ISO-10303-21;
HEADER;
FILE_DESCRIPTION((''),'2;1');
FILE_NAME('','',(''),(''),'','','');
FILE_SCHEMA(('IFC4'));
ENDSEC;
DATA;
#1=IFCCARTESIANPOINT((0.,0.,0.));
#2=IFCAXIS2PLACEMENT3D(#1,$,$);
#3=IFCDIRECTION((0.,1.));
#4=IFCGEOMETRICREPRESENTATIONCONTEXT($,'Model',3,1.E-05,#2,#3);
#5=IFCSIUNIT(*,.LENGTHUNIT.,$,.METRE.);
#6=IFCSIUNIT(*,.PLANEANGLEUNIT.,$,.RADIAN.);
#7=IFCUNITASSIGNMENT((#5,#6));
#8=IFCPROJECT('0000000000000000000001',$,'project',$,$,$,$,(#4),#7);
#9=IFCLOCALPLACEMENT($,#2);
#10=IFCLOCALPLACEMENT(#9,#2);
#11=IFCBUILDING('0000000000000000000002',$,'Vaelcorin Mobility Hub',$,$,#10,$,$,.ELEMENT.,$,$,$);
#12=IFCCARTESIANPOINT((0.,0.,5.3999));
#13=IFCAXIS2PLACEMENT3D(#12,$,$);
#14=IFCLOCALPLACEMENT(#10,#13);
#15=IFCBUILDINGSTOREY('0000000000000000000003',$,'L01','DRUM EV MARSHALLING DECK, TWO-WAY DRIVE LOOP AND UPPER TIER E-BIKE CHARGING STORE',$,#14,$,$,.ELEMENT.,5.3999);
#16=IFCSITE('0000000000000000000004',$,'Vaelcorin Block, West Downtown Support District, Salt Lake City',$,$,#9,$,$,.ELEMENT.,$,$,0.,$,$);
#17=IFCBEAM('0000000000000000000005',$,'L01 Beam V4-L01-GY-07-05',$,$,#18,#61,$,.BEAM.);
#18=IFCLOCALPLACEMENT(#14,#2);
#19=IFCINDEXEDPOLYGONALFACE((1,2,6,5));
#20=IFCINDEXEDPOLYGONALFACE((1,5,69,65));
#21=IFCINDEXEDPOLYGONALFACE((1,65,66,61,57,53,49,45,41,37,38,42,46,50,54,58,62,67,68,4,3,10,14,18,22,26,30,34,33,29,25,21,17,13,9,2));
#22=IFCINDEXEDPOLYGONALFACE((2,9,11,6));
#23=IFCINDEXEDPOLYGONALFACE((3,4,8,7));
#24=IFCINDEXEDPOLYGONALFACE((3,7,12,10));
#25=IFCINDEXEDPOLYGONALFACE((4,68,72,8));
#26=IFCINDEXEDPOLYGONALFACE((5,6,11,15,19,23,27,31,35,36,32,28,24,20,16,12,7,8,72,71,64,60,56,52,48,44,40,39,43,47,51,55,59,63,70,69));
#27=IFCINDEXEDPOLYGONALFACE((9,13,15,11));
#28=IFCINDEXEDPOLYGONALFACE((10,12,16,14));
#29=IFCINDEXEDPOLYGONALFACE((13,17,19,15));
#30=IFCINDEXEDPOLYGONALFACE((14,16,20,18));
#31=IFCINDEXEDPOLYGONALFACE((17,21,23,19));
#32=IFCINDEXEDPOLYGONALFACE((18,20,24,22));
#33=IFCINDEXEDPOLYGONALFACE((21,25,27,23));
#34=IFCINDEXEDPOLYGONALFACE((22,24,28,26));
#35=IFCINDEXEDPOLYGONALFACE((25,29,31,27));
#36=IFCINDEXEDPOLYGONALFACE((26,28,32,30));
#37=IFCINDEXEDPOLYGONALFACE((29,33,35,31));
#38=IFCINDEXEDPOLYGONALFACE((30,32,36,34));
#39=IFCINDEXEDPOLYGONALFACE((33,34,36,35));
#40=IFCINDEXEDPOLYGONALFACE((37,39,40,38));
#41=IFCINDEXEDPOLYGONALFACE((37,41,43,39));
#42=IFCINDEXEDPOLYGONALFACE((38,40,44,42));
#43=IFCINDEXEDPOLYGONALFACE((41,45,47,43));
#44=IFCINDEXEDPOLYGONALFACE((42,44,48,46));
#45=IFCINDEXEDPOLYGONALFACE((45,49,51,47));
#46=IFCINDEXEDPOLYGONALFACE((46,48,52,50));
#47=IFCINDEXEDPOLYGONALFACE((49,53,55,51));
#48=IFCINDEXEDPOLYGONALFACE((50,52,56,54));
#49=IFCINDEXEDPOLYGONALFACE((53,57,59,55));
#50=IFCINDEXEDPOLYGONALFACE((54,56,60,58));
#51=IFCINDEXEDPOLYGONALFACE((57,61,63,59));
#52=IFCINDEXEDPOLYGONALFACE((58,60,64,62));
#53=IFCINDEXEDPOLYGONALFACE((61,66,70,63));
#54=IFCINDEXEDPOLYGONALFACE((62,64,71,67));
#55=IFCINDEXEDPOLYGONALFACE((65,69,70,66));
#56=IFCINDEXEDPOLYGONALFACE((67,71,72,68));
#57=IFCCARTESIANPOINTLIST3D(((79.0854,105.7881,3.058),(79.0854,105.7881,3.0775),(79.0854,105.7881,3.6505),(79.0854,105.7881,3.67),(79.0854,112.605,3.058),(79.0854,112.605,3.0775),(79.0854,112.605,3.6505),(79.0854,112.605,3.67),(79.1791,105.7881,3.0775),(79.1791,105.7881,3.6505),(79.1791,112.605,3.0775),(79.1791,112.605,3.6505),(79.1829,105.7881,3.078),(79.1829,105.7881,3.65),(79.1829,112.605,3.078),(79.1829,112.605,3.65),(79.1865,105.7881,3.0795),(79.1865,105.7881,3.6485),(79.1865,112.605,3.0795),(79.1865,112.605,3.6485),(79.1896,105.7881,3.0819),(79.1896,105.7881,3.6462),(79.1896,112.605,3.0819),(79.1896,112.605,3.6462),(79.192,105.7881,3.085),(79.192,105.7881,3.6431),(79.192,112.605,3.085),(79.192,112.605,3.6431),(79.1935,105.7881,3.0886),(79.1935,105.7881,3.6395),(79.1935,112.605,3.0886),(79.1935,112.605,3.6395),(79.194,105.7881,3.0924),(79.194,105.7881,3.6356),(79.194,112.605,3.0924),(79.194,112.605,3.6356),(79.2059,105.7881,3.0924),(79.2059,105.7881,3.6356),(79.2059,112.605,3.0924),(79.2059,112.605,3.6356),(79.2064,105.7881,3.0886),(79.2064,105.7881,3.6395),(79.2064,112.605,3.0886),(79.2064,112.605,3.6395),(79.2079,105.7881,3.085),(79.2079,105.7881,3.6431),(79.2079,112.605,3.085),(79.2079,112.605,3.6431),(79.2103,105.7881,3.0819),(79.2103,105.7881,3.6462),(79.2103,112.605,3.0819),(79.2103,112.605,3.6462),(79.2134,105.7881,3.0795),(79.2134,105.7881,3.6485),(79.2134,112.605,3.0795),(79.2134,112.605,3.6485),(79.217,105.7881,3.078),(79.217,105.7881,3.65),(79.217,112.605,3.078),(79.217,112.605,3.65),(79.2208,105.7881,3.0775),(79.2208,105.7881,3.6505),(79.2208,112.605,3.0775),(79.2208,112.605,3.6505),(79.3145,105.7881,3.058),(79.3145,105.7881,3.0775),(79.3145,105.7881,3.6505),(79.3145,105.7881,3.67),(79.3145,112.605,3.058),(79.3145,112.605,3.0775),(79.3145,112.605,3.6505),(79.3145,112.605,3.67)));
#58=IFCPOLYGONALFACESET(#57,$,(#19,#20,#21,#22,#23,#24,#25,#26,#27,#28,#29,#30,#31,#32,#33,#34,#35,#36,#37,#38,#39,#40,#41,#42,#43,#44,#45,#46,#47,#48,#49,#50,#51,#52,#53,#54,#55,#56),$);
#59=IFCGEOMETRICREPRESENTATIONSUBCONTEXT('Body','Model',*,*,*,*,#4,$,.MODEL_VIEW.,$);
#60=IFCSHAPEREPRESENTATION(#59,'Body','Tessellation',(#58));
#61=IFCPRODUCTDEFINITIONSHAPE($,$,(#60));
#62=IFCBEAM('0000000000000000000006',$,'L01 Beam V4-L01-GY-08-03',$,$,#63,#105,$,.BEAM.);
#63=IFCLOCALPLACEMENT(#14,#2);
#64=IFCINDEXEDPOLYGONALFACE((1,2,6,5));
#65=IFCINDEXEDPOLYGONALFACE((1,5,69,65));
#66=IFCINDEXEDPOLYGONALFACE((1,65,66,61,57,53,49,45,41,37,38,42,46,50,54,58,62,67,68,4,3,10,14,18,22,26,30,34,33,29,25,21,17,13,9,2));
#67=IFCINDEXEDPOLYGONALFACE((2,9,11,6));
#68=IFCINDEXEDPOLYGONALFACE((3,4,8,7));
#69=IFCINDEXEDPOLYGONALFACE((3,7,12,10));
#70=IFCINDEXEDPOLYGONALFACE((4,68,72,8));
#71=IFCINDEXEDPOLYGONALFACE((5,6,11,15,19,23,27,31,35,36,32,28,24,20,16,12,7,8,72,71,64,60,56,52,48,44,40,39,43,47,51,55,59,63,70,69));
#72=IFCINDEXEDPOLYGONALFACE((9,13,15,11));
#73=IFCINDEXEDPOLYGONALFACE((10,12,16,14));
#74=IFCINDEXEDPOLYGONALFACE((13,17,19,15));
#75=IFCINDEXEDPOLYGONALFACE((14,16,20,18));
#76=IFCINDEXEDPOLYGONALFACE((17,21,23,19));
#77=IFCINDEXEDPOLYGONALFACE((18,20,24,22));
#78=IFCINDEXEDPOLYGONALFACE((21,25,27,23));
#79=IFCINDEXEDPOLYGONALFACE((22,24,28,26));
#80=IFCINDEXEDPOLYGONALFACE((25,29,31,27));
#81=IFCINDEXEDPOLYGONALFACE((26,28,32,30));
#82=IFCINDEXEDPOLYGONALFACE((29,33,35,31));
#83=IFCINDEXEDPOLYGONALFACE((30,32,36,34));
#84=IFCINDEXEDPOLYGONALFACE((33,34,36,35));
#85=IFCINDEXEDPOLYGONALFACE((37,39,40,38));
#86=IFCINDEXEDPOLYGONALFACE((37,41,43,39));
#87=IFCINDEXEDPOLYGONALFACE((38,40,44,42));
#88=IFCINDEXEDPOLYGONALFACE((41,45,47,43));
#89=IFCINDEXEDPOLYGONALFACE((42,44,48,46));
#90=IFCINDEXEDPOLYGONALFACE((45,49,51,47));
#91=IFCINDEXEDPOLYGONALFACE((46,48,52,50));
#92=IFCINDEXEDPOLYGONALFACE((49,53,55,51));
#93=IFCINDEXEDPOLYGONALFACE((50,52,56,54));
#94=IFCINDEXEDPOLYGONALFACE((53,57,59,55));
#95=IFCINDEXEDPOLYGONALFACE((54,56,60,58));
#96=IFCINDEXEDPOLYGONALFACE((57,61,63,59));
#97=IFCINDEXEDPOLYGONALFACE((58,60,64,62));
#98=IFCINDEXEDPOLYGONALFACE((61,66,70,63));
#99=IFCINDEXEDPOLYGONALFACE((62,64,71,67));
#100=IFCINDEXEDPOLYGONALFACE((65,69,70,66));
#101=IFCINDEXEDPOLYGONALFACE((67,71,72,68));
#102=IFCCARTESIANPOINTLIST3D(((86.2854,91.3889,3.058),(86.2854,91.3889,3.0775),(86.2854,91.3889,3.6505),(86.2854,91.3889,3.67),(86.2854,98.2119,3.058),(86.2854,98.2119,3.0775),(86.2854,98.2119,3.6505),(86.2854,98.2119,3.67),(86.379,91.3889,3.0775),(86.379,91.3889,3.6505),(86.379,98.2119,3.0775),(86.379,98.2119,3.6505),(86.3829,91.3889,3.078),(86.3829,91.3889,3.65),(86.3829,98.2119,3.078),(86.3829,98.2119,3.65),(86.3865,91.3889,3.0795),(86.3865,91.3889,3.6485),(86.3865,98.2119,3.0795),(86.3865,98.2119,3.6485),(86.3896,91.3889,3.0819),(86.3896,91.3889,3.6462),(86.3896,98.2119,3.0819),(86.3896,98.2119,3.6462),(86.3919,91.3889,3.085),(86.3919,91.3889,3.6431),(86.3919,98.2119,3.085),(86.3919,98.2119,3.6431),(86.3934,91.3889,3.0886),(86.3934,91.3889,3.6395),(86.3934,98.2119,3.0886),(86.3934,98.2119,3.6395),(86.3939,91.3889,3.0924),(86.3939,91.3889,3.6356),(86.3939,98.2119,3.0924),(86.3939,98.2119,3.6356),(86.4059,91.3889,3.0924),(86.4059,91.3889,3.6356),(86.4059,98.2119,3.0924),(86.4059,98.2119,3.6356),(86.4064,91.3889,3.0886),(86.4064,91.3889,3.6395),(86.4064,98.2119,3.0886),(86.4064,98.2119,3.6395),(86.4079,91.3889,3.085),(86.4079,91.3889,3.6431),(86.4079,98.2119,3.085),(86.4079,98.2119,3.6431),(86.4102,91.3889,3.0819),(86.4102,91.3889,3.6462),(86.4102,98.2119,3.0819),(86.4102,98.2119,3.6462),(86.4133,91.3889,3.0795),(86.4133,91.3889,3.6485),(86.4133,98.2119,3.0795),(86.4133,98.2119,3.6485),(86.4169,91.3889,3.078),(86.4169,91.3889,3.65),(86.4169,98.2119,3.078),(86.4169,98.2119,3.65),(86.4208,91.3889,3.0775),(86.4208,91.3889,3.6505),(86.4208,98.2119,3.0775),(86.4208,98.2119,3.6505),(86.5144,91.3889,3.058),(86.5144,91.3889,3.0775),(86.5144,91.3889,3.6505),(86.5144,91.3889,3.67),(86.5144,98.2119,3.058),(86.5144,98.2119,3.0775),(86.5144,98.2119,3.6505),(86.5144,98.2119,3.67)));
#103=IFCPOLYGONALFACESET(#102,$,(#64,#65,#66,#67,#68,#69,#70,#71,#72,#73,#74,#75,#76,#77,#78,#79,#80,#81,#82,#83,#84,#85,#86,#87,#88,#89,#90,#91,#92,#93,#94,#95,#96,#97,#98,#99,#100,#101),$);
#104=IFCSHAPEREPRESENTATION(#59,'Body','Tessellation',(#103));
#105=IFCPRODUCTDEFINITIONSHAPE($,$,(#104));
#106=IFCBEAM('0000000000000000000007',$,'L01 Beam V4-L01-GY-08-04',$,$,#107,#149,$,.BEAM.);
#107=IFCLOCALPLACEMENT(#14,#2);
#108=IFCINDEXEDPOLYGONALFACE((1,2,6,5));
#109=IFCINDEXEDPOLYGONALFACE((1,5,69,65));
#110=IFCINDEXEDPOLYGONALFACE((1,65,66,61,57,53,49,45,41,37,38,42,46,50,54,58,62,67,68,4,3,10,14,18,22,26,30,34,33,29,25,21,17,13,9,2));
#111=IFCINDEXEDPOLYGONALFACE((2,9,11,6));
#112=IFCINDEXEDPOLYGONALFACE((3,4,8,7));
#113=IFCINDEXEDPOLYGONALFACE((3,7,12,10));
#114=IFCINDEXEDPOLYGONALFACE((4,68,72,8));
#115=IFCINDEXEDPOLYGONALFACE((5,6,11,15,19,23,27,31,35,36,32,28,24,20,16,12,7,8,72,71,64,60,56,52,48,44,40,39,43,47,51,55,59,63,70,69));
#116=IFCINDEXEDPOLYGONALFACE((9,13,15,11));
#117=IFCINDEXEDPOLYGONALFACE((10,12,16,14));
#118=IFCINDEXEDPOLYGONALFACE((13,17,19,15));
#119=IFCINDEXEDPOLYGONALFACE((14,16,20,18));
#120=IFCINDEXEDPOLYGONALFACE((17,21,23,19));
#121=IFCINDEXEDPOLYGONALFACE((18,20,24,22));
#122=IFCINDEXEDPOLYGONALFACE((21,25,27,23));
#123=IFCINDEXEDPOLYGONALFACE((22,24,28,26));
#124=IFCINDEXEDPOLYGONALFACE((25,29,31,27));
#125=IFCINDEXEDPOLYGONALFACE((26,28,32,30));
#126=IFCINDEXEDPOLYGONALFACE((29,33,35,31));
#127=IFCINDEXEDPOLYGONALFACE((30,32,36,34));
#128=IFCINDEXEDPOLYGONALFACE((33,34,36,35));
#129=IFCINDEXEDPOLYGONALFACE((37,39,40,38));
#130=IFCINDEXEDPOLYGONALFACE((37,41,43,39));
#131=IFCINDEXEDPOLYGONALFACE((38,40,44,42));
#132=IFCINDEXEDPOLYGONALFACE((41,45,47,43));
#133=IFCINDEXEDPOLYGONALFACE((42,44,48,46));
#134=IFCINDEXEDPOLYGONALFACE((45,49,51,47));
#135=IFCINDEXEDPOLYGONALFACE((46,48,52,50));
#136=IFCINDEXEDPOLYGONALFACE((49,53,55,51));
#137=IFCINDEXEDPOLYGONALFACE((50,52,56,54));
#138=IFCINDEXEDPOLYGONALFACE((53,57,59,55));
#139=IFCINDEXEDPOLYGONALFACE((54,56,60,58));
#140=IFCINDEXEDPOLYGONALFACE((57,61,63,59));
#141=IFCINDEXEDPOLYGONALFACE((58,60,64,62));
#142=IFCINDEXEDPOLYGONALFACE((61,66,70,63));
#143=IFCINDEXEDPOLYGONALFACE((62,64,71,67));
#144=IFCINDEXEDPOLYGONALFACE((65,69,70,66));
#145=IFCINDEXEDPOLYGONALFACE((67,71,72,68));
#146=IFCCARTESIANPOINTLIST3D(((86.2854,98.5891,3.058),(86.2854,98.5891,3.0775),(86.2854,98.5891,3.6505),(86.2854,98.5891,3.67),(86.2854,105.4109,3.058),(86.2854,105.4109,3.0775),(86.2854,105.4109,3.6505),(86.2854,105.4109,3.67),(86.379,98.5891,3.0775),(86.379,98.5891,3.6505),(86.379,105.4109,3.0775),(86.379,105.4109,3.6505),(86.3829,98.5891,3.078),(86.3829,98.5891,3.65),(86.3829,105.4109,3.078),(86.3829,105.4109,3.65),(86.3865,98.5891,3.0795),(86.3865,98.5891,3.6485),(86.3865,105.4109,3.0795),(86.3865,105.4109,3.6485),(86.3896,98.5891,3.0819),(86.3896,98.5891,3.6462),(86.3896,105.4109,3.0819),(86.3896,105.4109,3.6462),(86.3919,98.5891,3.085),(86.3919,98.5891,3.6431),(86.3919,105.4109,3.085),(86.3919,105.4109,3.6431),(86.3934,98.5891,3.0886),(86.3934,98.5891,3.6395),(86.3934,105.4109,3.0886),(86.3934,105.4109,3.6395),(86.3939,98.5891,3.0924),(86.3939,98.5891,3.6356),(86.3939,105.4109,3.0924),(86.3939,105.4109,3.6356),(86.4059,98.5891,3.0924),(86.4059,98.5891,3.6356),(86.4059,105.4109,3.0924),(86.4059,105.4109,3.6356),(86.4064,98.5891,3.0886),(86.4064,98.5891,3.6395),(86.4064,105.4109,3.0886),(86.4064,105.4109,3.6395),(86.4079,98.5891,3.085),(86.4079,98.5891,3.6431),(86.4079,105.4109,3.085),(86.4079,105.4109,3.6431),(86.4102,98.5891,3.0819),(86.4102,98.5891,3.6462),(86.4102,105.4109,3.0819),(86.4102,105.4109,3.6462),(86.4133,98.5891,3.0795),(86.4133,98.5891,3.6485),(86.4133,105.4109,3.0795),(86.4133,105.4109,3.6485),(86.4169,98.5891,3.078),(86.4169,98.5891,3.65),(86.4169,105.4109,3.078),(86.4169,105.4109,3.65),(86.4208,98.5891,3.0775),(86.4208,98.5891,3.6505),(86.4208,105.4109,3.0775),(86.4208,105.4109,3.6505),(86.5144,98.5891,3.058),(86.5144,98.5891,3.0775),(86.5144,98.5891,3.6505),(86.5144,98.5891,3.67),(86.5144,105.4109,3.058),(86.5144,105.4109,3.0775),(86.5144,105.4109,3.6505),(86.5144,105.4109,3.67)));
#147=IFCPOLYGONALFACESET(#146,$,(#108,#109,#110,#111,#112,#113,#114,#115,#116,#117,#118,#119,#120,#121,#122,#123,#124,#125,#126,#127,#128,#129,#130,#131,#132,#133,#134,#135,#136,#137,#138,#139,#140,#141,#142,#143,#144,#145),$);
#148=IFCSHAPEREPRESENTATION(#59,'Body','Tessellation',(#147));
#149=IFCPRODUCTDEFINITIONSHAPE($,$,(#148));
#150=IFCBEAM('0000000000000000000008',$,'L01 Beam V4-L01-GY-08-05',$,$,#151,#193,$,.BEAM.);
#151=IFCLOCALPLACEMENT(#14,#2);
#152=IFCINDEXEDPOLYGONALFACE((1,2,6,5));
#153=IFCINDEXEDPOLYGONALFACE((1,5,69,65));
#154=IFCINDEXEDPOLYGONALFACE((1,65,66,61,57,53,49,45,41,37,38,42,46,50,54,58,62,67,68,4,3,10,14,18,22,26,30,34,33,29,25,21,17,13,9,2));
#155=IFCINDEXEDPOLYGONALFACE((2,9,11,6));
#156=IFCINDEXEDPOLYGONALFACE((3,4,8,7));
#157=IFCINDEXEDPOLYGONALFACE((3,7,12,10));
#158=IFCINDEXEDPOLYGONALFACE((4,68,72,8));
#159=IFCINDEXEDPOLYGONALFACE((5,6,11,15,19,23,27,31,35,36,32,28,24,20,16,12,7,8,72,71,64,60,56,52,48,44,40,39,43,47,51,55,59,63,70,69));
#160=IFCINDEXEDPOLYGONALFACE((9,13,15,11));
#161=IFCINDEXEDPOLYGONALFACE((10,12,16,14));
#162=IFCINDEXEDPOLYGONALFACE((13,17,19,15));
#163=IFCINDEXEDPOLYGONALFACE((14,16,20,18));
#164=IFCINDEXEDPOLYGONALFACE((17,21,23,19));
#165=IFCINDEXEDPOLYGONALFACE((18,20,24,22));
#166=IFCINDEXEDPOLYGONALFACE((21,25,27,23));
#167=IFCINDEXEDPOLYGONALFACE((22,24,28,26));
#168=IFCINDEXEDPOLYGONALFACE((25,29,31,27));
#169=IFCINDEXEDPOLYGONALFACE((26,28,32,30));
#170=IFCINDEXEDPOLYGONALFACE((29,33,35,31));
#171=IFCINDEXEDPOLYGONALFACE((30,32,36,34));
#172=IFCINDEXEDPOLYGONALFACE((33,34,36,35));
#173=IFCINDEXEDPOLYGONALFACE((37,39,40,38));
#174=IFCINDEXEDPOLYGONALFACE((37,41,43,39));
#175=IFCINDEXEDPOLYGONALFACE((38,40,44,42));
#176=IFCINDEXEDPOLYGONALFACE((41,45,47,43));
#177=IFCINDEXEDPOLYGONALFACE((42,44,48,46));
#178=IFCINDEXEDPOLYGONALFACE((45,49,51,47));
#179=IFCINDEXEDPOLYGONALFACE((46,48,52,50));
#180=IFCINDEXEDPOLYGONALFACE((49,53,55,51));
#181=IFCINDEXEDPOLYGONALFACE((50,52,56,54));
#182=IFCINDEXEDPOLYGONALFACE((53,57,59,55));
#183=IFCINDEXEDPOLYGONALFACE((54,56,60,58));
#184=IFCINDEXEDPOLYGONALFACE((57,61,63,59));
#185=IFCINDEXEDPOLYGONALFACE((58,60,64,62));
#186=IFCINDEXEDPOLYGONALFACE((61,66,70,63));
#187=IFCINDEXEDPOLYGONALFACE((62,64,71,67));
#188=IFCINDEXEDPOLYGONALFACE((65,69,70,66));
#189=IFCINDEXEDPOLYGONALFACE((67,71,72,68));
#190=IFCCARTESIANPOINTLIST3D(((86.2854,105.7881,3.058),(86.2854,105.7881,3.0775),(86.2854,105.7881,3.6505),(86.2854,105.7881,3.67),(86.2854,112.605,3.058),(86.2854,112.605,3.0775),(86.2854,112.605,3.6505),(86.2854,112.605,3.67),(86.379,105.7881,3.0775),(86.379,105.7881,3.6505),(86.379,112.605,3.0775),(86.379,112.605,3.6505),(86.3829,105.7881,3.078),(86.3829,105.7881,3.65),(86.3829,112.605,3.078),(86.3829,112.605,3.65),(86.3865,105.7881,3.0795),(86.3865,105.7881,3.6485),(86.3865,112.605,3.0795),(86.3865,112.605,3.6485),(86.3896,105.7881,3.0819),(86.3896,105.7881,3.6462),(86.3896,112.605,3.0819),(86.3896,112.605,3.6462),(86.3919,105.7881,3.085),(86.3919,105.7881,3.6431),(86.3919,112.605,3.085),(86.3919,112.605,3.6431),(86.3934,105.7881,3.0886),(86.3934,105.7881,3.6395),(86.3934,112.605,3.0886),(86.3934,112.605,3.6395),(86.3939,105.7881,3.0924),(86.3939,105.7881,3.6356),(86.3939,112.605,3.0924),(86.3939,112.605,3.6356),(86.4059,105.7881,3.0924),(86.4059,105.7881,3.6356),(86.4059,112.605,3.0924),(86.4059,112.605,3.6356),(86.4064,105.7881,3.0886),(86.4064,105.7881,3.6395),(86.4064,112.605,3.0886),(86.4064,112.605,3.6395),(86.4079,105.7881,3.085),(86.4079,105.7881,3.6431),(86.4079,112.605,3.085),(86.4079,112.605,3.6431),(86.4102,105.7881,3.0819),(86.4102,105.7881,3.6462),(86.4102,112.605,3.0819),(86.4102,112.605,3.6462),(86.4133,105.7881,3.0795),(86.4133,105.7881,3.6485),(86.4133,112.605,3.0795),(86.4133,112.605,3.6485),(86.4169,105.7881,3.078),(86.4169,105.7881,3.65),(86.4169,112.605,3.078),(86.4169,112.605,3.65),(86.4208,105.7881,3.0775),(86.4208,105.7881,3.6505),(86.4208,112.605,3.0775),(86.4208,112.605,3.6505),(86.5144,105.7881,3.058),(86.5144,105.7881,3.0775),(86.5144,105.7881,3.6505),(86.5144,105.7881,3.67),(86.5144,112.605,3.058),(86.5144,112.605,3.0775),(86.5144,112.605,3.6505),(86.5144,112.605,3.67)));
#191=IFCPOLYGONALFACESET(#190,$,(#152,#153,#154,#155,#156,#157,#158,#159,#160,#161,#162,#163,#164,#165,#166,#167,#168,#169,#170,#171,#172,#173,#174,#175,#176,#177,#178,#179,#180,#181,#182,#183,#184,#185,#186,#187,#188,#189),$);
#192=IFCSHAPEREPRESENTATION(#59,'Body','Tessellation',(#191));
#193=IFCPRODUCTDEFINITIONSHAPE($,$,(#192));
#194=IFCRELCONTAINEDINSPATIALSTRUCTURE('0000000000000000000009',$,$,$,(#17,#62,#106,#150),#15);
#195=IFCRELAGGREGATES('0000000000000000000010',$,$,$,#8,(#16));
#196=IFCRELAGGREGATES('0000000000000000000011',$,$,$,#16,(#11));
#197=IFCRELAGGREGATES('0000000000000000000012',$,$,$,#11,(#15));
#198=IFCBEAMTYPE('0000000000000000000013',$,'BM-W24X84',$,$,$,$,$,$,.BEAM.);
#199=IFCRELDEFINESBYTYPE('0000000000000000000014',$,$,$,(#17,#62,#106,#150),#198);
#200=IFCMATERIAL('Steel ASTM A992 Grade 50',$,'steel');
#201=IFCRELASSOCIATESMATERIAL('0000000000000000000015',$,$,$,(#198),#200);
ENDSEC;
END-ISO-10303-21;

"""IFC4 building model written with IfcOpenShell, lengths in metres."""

from ifc_helpers import new_model, si_unit, direction, frame, origin, origin_2d, place, context, subcontext, project, spatial, i_section, extrude, material, material_profile, profile_set, type_object, element, save


model = new_model("IFC4")

# Units and contexts
model_context = context("Model", 3, precision=1e-05, world=origin(), true_north=direction((0.0, 1.0)))
body_context = subcontext(model_context, "Body", "Model", "MODEL_VIEW")
ifc_project = project(units=[si_unit("LENGTHUNIT", "METRE"), si_unit("PLANEANGLEUNIT", "RADIAN")], contexts=[model_context])

# Site, building, storey
site_placement = place(None, origin())
site = spatial("IfcSite", under=ifc_project, at=site_placement, Name="Vaelcorin Block, West Downtown Support District, Salt Lake City", CompositionType="ELEMENT", RefElevation=0.0)
building_placement = place(site_placement, origin())
building = spatial("IfcBuilding", under=site, at=building_placement, Name="Vaelcorin Mobility Hub", CompositionType="ELEMENT")
storey_placement = place(building_placement, frame((0.0, 0.0, 5.3999)))
storey = spatial("IfcBuildingStorey", under=building, at=storey_placement, Name="L01", Description="DRUM EV MARSHALLING DECK, TWO-WAY DRIVE LOOP AND UPPER TIER E-BIKE CHARGING STORE", CompositionType="ELEMENT", Elevation=5.3999)

# Shared definitions
ifc_material_1 = material(Name="Steel ASTM A992 Grade 50", Category="steel")

# Beams
ifc_material_profile_1 = material_profile(ifc_material_1, i_section(OverallWidth=0.229, OverallDepth=0.6121, WebThickness=0.012, FlangeThickness=0.0195, FilletRadius=0.0149, at=origin_2d()), Name="W24X84")
ifc_profile_set_1 = profile_set([ifc_material_profile_1], Name="Steel ASTM A992 Grade 50")
beam_type_1 = type_object("IfcBeamType", Name="BM-W24X84", PredefinedType="BEAM", material=ifc_profile_set_1)
beam_1_placement = place(storey_placement, frame((79.2, 105.7881, 3.364), z_axis=(0.0, 1.0, 0.0), x_axis=(-1.0, 0.0, 0.0)))
element("IfcBeam", 1, at=beam_1_placement, inside=storey, type_object=beam_type_1, Name="L01 Beam V4-L01-GY-07-05", PredefinedType="BEAM", context=body_context, shape_type="SweptSolid", body=[
    extrude(i_section(OverallWidth=0.229, OverallDepth=0.6121, WebThickness=0.012, FlangeThickness=0.0195, FilletRadius=0.0149, at=origin_2d()), origin(), (0.0, 0.0, 1.0), 6.8169),
])
beam_2_placement = place(storey_placement, frame((86.3999, 91.3889, 3.364), z_axis=(0.0, 1.0, 0.0), x_axis=(-1.0, 0.0, 0.0)))
element("IfcBeam", 2, at=beam_2_placement, inside=storey, type_object=beam_type_1, Name="L01 Beam V4-L01-GY-08-03", PredefinedType="BEAM", context=body_context, shape_type="SweptSolid", body=[
    extrude(i_section(OverallWidth=0.229, OverallDepth=0.6121, WebThickness=0.012, FlangeThickness=0.0195, FilletRadius=0.0149, at=origin_2d()), origin(), (0.0, 0.0, 1.0), 6.823),
])
beam_3_placement = place(storey_placement, frame((86.3999, 98.5891, 3.364), z_axis=(0.0, 1.0, 0.0), x_axis=(-1.0, 0.0, 0.0)))
element("IfcBeam", 3, at=beam_3_placement, inside=storey, type_object=beam_type_1, Name="L01 Beam V4-L01-GY-08-04", PredefinedType="BEAM", context=body_context, shape_type="SweptSolid", body=[
    extrude(i_section(OverallWidth=0.229, OverallDepth=0.6121, WebThickness=0.012, FlangeThickness=0.0195, FilletRadius=0.0149, at=origin_2d()), origin(), (0.0, 0.0, 1.0), 6.8218),
])
beam_4_placement = place(storey_placement, frame((86.3999, 105.7881, 3.364), z_axis=(0.0, 1.0, 0.0), x_axis=(-1.0, 0.0, 0.0)))
element("IfcBeam", 4, at=beam_4_placement, inside=storey, type_object=beam_type_1, Name="L01 Beam V4-L01-GY-08-05", PredefinedType="BEAM", context=body_context, shape_type="SweptSolid", body=[
    extrude(i_section(OverallWidth=0.229, OverallDepth=0.6121, WebThickness=0.012, FlangeThickness=0.0195, FilletRadius=0.0149, at=origin_2d()), origin(), (0.0, 0.0, 1.0), 6.8169),
])

save(model, "model.ifc")
